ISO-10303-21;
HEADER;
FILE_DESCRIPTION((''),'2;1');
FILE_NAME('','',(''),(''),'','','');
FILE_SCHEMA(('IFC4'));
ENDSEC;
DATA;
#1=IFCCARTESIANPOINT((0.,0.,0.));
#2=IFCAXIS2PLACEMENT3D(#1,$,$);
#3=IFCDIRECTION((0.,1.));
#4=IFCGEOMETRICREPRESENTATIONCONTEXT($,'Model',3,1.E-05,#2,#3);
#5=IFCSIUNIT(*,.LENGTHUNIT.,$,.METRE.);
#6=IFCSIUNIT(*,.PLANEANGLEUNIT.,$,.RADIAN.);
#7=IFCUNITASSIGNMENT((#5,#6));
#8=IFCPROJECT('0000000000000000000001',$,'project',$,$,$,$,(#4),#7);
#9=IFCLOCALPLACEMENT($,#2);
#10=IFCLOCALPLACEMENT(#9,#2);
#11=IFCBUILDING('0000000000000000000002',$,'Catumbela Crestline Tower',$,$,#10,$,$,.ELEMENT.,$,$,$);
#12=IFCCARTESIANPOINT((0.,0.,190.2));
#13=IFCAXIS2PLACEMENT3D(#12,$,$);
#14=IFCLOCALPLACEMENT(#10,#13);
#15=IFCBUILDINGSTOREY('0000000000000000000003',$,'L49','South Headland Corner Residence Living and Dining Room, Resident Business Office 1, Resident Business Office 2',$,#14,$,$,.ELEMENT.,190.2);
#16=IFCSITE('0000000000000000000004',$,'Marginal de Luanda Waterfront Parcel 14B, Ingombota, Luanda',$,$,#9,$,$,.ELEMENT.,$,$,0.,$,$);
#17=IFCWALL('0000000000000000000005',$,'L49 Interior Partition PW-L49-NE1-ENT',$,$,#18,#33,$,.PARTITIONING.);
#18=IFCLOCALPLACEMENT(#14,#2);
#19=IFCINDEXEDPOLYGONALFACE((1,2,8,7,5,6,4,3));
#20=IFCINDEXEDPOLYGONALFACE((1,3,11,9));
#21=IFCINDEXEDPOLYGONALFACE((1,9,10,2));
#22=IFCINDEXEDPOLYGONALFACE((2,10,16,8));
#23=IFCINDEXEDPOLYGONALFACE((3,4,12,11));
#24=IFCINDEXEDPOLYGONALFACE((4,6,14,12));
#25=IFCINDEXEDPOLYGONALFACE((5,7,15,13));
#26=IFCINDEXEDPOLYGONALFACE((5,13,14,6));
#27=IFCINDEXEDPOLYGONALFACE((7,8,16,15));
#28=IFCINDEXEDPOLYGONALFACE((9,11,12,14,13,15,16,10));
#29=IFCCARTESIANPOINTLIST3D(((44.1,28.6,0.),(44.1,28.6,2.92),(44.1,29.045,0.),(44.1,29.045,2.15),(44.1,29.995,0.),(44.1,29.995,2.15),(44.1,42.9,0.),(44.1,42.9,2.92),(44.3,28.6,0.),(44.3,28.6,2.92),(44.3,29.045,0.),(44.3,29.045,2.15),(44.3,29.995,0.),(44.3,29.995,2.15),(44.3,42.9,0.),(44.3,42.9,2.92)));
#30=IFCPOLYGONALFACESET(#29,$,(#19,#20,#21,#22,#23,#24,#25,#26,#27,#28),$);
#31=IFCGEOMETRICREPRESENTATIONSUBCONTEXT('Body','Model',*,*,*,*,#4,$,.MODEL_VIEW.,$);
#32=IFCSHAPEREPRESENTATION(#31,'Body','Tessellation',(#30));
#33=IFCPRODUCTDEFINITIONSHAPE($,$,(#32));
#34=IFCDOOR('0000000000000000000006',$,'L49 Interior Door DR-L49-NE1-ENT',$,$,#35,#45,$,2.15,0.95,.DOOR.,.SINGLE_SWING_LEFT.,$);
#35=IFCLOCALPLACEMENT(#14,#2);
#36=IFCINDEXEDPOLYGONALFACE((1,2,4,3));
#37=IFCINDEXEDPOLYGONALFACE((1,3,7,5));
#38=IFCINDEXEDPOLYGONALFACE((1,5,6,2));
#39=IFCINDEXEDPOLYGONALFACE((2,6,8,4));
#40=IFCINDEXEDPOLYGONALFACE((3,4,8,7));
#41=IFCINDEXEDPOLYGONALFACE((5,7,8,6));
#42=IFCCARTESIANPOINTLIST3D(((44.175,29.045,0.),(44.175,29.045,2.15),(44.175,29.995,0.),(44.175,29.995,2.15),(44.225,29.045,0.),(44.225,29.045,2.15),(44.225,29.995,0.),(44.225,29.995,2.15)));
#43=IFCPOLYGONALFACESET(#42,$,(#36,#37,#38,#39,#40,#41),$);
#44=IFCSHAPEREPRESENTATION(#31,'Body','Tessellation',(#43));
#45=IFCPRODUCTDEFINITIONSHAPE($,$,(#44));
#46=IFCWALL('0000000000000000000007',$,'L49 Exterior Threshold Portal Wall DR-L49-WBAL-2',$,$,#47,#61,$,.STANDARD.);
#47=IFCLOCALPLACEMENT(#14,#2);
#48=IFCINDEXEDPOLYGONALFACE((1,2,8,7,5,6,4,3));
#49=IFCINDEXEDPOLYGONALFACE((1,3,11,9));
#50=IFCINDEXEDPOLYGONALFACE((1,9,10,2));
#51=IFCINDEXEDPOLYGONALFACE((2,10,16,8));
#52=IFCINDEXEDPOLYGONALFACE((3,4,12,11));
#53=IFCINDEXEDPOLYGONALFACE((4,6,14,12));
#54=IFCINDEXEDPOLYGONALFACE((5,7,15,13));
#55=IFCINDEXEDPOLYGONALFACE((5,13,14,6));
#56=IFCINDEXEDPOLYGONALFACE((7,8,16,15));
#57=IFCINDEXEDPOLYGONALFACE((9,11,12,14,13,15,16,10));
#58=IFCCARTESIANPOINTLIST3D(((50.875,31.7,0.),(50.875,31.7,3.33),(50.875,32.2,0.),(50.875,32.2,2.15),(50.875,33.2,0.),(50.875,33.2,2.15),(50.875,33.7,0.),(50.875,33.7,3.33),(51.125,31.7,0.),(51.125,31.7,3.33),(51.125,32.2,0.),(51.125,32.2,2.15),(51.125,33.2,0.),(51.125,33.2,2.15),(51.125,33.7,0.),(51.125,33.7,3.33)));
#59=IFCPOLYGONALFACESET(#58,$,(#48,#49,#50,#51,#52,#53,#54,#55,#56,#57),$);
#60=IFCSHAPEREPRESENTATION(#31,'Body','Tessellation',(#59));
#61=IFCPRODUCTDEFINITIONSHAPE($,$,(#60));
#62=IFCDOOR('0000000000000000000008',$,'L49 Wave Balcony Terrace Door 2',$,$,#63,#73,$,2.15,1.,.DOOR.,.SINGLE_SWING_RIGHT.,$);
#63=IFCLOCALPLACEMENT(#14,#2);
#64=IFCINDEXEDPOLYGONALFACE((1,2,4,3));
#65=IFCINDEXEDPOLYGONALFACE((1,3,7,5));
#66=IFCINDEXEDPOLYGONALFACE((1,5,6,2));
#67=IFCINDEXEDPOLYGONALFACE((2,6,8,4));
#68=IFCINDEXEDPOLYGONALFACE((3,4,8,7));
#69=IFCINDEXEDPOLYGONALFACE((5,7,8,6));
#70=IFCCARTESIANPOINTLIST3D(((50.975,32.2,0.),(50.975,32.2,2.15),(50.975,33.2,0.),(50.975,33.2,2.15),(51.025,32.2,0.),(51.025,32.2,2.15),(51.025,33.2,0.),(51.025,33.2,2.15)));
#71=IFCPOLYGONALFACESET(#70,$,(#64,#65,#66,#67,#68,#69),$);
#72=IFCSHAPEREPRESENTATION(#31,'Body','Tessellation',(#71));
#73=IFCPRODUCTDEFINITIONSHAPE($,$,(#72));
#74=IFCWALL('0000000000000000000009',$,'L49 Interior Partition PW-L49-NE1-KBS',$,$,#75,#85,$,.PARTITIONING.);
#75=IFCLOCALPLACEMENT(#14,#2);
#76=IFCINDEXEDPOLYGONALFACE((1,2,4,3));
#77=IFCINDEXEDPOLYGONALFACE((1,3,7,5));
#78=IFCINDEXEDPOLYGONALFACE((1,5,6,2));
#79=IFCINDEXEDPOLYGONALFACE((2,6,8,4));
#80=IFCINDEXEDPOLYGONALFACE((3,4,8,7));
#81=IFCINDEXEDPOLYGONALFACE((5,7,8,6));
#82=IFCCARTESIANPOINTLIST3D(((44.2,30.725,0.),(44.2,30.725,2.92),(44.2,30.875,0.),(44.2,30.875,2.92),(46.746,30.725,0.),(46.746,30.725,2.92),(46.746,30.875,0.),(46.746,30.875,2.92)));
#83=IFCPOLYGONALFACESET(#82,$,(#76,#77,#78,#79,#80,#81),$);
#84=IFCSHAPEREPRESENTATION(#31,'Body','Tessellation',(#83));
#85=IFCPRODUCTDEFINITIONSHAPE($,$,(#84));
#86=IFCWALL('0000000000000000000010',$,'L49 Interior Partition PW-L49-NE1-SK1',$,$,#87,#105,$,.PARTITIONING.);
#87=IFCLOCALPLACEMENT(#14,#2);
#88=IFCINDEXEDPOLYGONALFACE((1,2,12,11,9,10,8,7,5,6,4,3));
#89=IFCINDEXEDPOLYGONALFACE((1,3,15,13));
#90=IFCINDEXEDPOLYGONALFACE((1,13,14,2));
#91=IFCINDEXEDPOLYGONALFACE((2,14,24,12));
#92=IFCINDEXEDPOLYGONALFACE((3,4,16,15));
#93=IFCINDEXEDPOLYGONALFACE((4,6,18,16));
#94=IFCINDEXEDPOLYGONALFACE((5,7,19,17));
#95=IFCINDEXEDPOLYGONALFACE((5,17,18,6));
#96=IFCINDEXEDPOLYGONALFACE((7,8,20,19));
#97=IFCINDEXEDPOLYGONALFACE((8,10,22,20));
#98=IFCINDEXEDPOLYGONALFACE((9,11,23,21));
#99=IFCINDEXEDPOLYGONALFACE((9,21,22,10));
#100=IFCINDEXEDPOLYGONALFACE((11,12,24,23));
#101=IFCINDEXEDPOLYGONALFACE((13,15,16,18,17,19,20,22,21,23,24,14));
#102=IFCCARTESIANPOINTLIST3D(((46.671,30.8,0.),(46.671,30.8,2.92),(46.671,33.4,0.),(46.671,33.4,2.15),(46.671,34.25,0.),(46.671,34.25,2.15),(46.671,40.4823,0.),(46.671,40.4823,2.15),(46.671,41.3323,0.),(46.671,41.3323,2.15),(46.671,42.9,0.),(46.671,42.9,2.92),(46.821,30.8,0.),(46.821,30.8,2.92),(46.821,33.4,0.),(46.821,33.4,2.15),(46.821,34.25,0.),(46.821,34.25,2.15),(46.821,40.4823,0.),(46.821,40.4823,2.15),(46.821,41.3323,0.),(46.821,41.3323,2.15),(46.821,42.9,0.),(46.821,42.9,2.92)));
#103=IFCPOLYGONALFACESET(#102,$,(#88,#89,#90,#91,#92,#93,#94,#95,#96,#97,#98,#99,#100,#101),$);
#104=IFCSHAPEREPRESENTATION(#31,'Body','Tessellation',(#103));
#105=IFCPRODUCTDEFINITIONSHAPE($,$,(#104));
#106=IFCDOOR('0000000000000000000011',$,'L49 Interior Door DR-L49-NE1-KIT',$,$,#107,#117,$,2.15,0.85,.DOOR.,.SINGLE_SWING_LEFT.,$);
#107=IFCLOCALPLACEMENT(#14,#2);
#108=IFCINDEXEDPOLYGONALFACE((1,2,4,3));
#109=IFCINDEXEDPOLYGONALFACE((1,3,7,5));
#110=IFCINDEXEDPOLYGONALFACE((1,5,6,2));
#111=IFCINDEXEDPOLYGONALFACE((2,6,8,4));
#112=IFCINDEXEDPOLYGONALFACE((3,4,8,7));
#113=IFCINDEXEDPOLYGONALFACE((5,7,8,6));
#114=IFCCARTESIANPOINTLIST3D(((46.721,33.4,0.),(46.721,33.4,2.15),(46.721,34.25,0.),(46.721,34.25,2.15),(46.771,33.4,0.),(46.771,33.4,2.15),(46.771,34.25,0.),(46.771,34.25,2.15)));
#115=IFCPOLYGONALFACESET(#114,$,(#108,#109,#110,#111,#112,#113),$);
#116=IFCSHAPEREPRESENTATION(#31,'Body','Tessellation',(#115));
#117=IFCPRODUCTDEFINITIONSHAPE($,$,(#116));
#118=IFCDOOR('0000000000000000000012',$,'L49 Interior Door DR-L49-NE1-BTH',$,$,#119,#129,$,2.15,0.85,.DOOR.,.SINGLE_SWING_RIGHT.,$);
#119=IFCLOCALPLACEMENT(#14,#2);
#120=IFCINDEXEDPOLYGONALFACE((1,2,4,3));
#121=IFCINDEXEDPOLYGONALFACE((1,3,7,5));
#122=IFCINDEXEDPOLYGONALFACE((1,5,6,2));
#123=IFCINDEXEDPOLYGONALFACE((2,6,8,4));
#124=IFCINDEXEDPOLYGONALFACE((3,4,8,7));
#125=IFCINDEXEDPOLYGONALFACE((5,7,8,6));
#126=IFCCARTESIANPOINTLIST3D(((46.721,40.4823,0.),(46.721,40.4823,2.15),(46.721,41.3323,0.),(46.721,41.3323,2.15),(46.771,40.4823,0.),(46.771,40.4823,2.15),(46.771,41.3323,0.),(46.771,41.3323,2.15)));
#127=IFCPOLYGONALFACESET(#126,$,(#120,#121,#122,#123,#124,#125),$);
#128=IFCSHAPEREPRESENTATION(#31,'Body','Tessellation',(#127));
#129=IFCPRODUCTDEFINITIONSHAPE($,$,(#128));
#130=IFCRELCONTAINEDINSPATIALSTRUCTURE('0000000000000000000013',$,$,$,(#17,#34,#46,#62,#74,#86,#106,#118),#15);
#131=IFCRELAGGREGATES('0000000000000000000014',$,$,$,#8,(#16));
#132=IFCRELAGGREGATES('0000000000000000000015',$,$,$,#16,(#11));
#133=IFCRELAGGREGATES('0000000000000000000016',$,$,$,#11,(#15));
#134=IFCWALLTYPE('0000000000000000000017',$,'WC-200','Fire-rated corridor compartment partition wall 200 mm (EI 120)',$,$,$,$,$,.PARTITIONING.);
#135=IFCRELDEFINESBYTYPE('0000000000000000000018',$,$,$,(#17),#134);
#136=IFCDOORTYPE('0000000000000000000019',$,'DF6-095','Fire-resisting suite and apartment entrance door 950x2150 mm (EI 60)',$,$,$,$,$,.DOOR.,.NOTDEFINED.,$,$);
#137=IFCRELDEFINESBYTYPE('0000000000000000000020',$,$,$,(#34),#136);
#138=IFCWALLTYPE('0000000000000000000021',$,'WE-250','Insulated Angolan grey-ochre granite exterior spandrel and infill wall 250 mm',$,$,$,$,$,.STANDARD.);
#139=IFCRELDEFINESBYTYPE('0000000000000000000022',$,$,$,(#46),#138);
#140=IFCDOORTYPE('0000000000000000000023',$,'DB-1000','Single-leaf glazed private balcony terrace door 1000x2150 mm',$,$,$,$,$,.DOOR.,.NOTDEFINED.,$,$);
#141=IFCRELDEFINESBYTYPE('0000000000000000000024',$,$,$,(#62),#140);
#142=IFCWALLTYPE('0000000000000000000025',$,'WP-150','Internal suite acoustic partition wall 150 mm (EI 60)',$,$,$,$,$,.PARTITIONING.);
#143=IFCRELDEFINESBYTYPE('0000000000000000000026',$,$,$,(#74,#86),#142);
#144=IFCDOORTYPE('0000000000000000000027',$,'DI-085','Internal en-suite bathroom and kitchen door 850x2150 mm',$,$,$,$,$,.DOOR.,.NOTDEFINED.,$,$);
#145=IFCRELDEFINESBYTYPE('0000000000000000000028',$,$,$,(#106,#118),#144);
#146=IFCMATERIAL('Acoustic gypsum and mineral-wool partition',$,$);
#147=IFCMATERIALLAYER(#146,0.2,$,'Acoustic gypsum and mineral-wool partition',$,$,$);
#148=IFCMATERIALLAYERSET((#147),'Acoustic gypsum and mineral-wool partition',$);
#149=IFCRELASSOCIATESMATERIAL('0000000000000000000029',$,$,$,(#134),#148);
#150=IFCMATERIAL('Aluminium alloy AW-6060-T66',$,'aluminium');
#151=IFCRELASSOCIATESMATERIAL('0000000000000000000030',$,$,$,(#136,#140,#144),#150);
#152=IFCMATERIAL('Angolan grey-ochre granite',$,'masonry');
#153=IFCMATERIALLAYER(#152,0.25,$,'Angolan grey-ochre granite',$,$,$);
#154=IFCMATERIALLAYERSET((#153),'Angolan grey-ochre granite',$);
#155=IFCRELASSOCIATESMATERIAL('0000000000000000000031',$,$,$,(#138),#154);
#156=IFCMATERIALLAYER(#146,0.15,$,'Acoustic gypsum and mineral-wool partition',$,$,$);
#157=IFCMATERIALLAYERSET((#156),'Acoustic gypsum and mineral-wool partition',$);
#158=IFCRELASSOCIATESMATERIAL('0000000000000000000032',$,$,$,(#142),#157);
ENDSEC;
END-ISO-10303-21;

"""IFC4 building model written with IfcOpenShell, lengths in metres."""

from ifc_helpers import new_model, si_unit, direction, frame, frame_2d, origin, place, context, subcontext, project, spatial, rectangle, extrude, material, layer, layer_set, type_object, element, fill, save


model = new_model("IFC4")

# Units and contexts
model_context = context("Model", 3, precision=1e-05, world=origin(), true_north=direction((0.0, 1.0)))
body_context = subcontext(model_context, "Body", "Model", "MODEL_VIEW")
ifc_project = project(units=[si_unit("LENGTHUNIT", "METRE"), si_unit("PLANEANGLEUNIT", "RADIAN")], contexts=[model_context])

# Site, building, storey
site_placement = place(None, origin())
site = spatial("IfcSite", under=ifc_project, at=site_placement, Name="Marginal de Luanda Waterfront Parcel 14B, Ingombota, Luanda", CompositionType="ELEMENT", RefElevation=0.0)
building_placement = place(site_placement, origin())
building = spatial("IfcBuilding", under=site, at=building_placement, Name="Catumbela Crestline Tower", CompositionType="ELEMENT")
storey_placement = place(building_placement, frame((0.0, 0.0, 190.2)))
storey = spatial("IfcBuildingStorey", under=building, at=storey_placement, Name="L49", Description="South Headland Corner Residence Living and Dining Room, Resident Business Office 1, Resident Business Office 2", CompositionType="ELEMENT", Elevation=190.2)

# Shared definitions
ifc_material_1 = material(Name="Aluminium alloy AW-6060-T66", Category="aluminium")

# Walls, openings, doors
ifc_material_2 = material(Name="Acoustic gypsum and mineral-wool partition")
ifc_layer_1 = layer(ifc_material_2, 0.2, Name="Acoustic gypsum and mineral-wool partition")
ifc_layer_set_1 = layer_set([ifc_layer_1], Name="Acoustic gypsum and mineral-wool partition")
wall_type_1 = type_object("IfcWallType", Name="WC-200", Description="Fire-rated corridor compartment partition wall 200 mm (EI 120)", PredefinedType="PARTITIONING", material=ifc_layer_set_1)
wall_1_placement = place(storey_placement, frame((44.2, 28.6, 0.0), z_axis=(0.0, 0.0, 1.0), x_axis=(0.0, 1.0, 0.0)))
wall_1 = element("IfcWall", 1, at=wall_1_placement, inside=storey, type_object=wall_type_1, Name="L49 Interior Partition PW-L49-NE1-ENT", PredefinedType="PARTITIONING", context=body_context, shape_type="SweptSolid", body=[
    extrude(rectangle(XDim=14.3, YDim=0.2, at=frame_2d((7.15, 0.0))), origin(), (0.0, 0.0, 1.0), 2.92),
])
opening_1_placement = place(wall_1_placement, frame((0.445, 0.0, 0.0)))
opening_1 = element("IfcOpeningElement", 2, at=opening_1_placement, cuts=wall_1, PredefinedType="OPENING", context=body_context, shape_type="SweptSolid", body=[
    extrude(rectangle(XDim=0.95, YDim=2.15, at=frame_2d((0.475, 1.075))), frame((0.0, 0.11, 0.0), z_axis=(0.0, -1.0, 0.0), x_axis=(1.0, 0.0, 0.0)), (0.0, 0.0, 1.0), 0.22),
])
door_type_1 = type_object("IfcDoorType", Name="DF6-095", Description="Fire-resisting suite and apartment entrance door 950x2150 mm (EI 60)", OperationType="NOTDEFINED", PredefinedType="DOOR", material=ifc_material_1)
door_1_placement = place(opening_1_placement, origin())
door_1 = element("IfcDoor", 3, at=door_1_placement, inside=storey, type_object=door_type_1, Name="L49 Interior Door DR-L49-NE1-ENT", OperationType="SINGLE_SWING_LEFT", OverallHeight=2.15, OverallWidth=0.95, PredefinedType="DOOR", context=body_context, shape_type="SweptSolid", body=[
    extrude(rectangle(XDim=0.95, YDim=2.15, at=frame_2d((0.475, 1.075))), frame((0.0, 0.025, 0.0), z_axis=(0.0, -1.0, 0.0), x_axis=(1.0, 0.0, 0.0)), (0.0, 0.0, 1.0), 0.05),
])
fill(opening_1, door_1)
ifc_material_3 = material(Name="Angolan grey-ochre granite", Category="masonry")
ifc_layer_2 = layer(ifc_material_3, 0.25, Name="Angolan grey-ochre granite")
ifc_layer_set_2 = layer_set([ifc_layer_2], Name="Angolan grey-ochre granite")
wall_type_2 = type_object("IfcWallType", Name="WE-250", Description="Insulated Angolan grey-ochre granite exterior spandrel and infill wall 250 mm", PredefinedType="STANDARD", material=ifc_layer_set_2)
wall_2_placement = place(storey_placement, frame((51.0, 31.7, 0.0), z_axis=(0.0, 0.0, 1.0), x_axis=(0.0, 1.0, 0.0)))
wall_2 = element("IfcWall", 4, at=wall_2_placement, inside=storey, type_object=wall_type_2, Name="L49 Exterior Threshold Portal Wall DR-L49-WBAL-2", PredefinedType="STANDARD", context=body_context, shape_type="SweptSolid", body=[
    extrude(rectangle(XDim=2.0, YDim=0.25, at=frame_2d((1.0, 0.0))), origin(), (0.0, 0.0, 1.0), 3.33),
])
opening_2_placement = place(wall_2_placement, frame((0.5, 0.0, 0.0)))
opening_2 = element("IfcOpeningElement", 5, at=opening_2_placement, cuts=wall_2, PredefinedType="OPENING", context=body_context, shape_type="SweptSolid", body=[
    extrude(rectangle(XDim=1.0, YDim=2.15, at=frame_2d((0.5, 1.075))), frame((0.0, 0.135, 0.0), z_axis=(0.0, -1.0, 0.0), x_axis=(1.0, 0.0, 0.0)), (0.0, 0.0, 1.0), 0.27),
])
door_type_2 = type_object("IfcDoorType", Name="DB-1000", Description="Single-leaf glazed private balcony terrace door 1000x2150 mm", OperationType="NOTDEFINED", PredefinedType="DOOR", material=ifc_material_1)
door_2_placement = place(opening_2_placement, origin())
door_2 = element("IfcDoor", 6, at=door_2_placement, inside=storey, type_object=door_type_2, Name="L49 Wave Balcony Terrace Door 2", OperationType="SINGLE_SWING_RIGHT", OverallHeight=2.15, OverallWidth=1.0, PredefinedType="DOOR", context=body_context, shape_type="SweptSolid", body=[
    extrude(rectangle(XDim=1.0, YDim=2.15, at=frame_2d((0.5, 1.075))), frame((0.0, 0.025, 0.0), z_axis=(0.0, -1.0, 0.0), x_axis=(1.0, 0.0, 0.0)), (0.0, 0.0, 1.0), 0.05),
])
fill(opening_2, door_2)

# Wall
ifc_layer_3 = layer(ifc_material_2, 0.15, Name="Acoustic gypsum and mineral-wool partition")
ifc_layer_set_3 = layer_set([ifc_layer_3], Name="Acoustic gypsum and mineral-wool partition")
wall_type_3 = type_object("IfcWallType", Name="WP-150", Description="Internal suite acoustic partition wall 150 mm (EI 60)", PredefinedType="PARTITIONING", material=ifc_layer_set_3)
wall_3_placement = place(storey_placement, frame((44.2, 30.8, 0.0), z_axis=(0.0, 0.0, 1.0), x_axis=(1.0, 0.0, 0.0)))
element("IfcWall", 7, at=wall_3_placement, inside=storey, type_object=wall_type_3, Name="L49 Interior Partition PW-L49-NE1-KBS", PredefinedType="PARTITIONING", context=body_context, shape_type="SweptSolid", body=[
    extrude(rectangle(XDim=2.546, YDim=0.15, at=frame_2d((1.273, 0.0))), origin(), (0.0, 0.0, 1.0), 2.92),
])

# Wall, openings, doors
wall_4_placement = place(storey_placement, frame((46.746, 30.8, 0.0), z_axis=(0.0, 0.0, 1.0), x_axis=(0.0, 1.0, 0.0)))
wall_4 = element("IfcWall", 8, at=wall_4_placement, inside=storey, type_object=wall_type_3, Name="L49 Interior Partition PW-L49-NE1-SK1", PredefinedType="PARTITIONING", context=body_context, shape_type="SweptSolid", body=[
    extrude(rectangle(XDim=12.1, YDim=0.15, at=frame_2d((6.05, 0.0))), origin(), (0.0, 0.0, 1.0), 2.92),
])
opening_3_placement = place(wall_4_placement, frame((2.6, 0.0, 0.0)))
opening_3 = element("IfcOpeningElement", 9, at=opening_3_placement, cuts=wall_4, PredefinedType="OPENING", context=body_context, shape_type="SweptSolid", body=[
    extrude(rectangle(XDim=0.85, YDim=2.15, at=frame_2d((0.425, 1.075))), frame((0.0, 0.085, 0.0), z_axis=(0.0, -1.0, 0.0), x_axis=(1.0, 0.0, 0.0)), (0.0, 0.0, 1.0), 0.17),
])
opening_4_placement = place(wall_4_placement, frame((9.6823, 0.0, 0.0)))
opening_4 = element("IfcOpeningElement", 10, at=opening_4_placement, cuts=wall_4, PredefinedType="OPENING", context=body_context, shape_type="SweptSolid", body=[
    extrude(rectangle(XDim=0.85, YDim=2.15, at=frame_2d((0.425, 1.075))), frame((0.0, 0.085, 0.0), z_axis=(0.0, -1.0, 0.0), x_axis=(1.0, 0.0, 0.0)), (0.0, 0.0, 1.0), 0.17),
])
door_type_3 = type_object("IfcDoorType", Name="DI-085", Description="Internal en-suite bathroom and kitchen door 850x2150 mm", OperationType="NOTDEFINED", PredefinedType="DOOR", material=ifc_material_1)
door_3_placement = place(opening_3_placement, origin())
door_3 = element("IfcDoor", 11, at=door_3_placement, inside=storey, type_object=door_type_3, Name="L49 Interior Door DR-L49-NE1-KIT", OperationType="SINGLE_SWING_LEFT", OverallHeight=2.15, OverallWidth=0.85, PredefinedType="DOOR", context=body_context, shape_type="SweptSolid", body=[
    extrude(rectangle(XDim=0.85, YDim=2.15, at=frame_2d((0.425, 1.075))), frame((0.0, 0.025, 0.0), z_axis=(0.0, -1.0, 0.0), x_axis=(1.0, 0.0, 0.0)), (0.0, 0.0, 1.0), 0.05),
])
fill(opening_3, door_3)
door_4_placement = place(opening_4_placement, origin())
door_4 = element("IfcDoor", 12, at=door_4_placement, inside=storey, type_object=door_type_3, Name="L49 Interior Door DR-L49-NE1-BTH", OperationType="SINGLE_SWING_RIGHT", OverallHeight=2.15, OverallWidth=0.85, PredefinedType="DOOR", context=body_context, shape_type="SweptSolid", body=[
    extrude(rectangle(XDim=0.85, YDim=2.15, at=frame_2d((0.425, 1.075))), frame((0.0, 0.025, 0.0), z_axis=(0.0, -1.0, 0.0), x_axis=(1.0, 0.0, 0.0)), (0.0, 0.0, 1.0), 0.05),
])
fill(opening_4, door_4)

save(model, "model.ifc")
